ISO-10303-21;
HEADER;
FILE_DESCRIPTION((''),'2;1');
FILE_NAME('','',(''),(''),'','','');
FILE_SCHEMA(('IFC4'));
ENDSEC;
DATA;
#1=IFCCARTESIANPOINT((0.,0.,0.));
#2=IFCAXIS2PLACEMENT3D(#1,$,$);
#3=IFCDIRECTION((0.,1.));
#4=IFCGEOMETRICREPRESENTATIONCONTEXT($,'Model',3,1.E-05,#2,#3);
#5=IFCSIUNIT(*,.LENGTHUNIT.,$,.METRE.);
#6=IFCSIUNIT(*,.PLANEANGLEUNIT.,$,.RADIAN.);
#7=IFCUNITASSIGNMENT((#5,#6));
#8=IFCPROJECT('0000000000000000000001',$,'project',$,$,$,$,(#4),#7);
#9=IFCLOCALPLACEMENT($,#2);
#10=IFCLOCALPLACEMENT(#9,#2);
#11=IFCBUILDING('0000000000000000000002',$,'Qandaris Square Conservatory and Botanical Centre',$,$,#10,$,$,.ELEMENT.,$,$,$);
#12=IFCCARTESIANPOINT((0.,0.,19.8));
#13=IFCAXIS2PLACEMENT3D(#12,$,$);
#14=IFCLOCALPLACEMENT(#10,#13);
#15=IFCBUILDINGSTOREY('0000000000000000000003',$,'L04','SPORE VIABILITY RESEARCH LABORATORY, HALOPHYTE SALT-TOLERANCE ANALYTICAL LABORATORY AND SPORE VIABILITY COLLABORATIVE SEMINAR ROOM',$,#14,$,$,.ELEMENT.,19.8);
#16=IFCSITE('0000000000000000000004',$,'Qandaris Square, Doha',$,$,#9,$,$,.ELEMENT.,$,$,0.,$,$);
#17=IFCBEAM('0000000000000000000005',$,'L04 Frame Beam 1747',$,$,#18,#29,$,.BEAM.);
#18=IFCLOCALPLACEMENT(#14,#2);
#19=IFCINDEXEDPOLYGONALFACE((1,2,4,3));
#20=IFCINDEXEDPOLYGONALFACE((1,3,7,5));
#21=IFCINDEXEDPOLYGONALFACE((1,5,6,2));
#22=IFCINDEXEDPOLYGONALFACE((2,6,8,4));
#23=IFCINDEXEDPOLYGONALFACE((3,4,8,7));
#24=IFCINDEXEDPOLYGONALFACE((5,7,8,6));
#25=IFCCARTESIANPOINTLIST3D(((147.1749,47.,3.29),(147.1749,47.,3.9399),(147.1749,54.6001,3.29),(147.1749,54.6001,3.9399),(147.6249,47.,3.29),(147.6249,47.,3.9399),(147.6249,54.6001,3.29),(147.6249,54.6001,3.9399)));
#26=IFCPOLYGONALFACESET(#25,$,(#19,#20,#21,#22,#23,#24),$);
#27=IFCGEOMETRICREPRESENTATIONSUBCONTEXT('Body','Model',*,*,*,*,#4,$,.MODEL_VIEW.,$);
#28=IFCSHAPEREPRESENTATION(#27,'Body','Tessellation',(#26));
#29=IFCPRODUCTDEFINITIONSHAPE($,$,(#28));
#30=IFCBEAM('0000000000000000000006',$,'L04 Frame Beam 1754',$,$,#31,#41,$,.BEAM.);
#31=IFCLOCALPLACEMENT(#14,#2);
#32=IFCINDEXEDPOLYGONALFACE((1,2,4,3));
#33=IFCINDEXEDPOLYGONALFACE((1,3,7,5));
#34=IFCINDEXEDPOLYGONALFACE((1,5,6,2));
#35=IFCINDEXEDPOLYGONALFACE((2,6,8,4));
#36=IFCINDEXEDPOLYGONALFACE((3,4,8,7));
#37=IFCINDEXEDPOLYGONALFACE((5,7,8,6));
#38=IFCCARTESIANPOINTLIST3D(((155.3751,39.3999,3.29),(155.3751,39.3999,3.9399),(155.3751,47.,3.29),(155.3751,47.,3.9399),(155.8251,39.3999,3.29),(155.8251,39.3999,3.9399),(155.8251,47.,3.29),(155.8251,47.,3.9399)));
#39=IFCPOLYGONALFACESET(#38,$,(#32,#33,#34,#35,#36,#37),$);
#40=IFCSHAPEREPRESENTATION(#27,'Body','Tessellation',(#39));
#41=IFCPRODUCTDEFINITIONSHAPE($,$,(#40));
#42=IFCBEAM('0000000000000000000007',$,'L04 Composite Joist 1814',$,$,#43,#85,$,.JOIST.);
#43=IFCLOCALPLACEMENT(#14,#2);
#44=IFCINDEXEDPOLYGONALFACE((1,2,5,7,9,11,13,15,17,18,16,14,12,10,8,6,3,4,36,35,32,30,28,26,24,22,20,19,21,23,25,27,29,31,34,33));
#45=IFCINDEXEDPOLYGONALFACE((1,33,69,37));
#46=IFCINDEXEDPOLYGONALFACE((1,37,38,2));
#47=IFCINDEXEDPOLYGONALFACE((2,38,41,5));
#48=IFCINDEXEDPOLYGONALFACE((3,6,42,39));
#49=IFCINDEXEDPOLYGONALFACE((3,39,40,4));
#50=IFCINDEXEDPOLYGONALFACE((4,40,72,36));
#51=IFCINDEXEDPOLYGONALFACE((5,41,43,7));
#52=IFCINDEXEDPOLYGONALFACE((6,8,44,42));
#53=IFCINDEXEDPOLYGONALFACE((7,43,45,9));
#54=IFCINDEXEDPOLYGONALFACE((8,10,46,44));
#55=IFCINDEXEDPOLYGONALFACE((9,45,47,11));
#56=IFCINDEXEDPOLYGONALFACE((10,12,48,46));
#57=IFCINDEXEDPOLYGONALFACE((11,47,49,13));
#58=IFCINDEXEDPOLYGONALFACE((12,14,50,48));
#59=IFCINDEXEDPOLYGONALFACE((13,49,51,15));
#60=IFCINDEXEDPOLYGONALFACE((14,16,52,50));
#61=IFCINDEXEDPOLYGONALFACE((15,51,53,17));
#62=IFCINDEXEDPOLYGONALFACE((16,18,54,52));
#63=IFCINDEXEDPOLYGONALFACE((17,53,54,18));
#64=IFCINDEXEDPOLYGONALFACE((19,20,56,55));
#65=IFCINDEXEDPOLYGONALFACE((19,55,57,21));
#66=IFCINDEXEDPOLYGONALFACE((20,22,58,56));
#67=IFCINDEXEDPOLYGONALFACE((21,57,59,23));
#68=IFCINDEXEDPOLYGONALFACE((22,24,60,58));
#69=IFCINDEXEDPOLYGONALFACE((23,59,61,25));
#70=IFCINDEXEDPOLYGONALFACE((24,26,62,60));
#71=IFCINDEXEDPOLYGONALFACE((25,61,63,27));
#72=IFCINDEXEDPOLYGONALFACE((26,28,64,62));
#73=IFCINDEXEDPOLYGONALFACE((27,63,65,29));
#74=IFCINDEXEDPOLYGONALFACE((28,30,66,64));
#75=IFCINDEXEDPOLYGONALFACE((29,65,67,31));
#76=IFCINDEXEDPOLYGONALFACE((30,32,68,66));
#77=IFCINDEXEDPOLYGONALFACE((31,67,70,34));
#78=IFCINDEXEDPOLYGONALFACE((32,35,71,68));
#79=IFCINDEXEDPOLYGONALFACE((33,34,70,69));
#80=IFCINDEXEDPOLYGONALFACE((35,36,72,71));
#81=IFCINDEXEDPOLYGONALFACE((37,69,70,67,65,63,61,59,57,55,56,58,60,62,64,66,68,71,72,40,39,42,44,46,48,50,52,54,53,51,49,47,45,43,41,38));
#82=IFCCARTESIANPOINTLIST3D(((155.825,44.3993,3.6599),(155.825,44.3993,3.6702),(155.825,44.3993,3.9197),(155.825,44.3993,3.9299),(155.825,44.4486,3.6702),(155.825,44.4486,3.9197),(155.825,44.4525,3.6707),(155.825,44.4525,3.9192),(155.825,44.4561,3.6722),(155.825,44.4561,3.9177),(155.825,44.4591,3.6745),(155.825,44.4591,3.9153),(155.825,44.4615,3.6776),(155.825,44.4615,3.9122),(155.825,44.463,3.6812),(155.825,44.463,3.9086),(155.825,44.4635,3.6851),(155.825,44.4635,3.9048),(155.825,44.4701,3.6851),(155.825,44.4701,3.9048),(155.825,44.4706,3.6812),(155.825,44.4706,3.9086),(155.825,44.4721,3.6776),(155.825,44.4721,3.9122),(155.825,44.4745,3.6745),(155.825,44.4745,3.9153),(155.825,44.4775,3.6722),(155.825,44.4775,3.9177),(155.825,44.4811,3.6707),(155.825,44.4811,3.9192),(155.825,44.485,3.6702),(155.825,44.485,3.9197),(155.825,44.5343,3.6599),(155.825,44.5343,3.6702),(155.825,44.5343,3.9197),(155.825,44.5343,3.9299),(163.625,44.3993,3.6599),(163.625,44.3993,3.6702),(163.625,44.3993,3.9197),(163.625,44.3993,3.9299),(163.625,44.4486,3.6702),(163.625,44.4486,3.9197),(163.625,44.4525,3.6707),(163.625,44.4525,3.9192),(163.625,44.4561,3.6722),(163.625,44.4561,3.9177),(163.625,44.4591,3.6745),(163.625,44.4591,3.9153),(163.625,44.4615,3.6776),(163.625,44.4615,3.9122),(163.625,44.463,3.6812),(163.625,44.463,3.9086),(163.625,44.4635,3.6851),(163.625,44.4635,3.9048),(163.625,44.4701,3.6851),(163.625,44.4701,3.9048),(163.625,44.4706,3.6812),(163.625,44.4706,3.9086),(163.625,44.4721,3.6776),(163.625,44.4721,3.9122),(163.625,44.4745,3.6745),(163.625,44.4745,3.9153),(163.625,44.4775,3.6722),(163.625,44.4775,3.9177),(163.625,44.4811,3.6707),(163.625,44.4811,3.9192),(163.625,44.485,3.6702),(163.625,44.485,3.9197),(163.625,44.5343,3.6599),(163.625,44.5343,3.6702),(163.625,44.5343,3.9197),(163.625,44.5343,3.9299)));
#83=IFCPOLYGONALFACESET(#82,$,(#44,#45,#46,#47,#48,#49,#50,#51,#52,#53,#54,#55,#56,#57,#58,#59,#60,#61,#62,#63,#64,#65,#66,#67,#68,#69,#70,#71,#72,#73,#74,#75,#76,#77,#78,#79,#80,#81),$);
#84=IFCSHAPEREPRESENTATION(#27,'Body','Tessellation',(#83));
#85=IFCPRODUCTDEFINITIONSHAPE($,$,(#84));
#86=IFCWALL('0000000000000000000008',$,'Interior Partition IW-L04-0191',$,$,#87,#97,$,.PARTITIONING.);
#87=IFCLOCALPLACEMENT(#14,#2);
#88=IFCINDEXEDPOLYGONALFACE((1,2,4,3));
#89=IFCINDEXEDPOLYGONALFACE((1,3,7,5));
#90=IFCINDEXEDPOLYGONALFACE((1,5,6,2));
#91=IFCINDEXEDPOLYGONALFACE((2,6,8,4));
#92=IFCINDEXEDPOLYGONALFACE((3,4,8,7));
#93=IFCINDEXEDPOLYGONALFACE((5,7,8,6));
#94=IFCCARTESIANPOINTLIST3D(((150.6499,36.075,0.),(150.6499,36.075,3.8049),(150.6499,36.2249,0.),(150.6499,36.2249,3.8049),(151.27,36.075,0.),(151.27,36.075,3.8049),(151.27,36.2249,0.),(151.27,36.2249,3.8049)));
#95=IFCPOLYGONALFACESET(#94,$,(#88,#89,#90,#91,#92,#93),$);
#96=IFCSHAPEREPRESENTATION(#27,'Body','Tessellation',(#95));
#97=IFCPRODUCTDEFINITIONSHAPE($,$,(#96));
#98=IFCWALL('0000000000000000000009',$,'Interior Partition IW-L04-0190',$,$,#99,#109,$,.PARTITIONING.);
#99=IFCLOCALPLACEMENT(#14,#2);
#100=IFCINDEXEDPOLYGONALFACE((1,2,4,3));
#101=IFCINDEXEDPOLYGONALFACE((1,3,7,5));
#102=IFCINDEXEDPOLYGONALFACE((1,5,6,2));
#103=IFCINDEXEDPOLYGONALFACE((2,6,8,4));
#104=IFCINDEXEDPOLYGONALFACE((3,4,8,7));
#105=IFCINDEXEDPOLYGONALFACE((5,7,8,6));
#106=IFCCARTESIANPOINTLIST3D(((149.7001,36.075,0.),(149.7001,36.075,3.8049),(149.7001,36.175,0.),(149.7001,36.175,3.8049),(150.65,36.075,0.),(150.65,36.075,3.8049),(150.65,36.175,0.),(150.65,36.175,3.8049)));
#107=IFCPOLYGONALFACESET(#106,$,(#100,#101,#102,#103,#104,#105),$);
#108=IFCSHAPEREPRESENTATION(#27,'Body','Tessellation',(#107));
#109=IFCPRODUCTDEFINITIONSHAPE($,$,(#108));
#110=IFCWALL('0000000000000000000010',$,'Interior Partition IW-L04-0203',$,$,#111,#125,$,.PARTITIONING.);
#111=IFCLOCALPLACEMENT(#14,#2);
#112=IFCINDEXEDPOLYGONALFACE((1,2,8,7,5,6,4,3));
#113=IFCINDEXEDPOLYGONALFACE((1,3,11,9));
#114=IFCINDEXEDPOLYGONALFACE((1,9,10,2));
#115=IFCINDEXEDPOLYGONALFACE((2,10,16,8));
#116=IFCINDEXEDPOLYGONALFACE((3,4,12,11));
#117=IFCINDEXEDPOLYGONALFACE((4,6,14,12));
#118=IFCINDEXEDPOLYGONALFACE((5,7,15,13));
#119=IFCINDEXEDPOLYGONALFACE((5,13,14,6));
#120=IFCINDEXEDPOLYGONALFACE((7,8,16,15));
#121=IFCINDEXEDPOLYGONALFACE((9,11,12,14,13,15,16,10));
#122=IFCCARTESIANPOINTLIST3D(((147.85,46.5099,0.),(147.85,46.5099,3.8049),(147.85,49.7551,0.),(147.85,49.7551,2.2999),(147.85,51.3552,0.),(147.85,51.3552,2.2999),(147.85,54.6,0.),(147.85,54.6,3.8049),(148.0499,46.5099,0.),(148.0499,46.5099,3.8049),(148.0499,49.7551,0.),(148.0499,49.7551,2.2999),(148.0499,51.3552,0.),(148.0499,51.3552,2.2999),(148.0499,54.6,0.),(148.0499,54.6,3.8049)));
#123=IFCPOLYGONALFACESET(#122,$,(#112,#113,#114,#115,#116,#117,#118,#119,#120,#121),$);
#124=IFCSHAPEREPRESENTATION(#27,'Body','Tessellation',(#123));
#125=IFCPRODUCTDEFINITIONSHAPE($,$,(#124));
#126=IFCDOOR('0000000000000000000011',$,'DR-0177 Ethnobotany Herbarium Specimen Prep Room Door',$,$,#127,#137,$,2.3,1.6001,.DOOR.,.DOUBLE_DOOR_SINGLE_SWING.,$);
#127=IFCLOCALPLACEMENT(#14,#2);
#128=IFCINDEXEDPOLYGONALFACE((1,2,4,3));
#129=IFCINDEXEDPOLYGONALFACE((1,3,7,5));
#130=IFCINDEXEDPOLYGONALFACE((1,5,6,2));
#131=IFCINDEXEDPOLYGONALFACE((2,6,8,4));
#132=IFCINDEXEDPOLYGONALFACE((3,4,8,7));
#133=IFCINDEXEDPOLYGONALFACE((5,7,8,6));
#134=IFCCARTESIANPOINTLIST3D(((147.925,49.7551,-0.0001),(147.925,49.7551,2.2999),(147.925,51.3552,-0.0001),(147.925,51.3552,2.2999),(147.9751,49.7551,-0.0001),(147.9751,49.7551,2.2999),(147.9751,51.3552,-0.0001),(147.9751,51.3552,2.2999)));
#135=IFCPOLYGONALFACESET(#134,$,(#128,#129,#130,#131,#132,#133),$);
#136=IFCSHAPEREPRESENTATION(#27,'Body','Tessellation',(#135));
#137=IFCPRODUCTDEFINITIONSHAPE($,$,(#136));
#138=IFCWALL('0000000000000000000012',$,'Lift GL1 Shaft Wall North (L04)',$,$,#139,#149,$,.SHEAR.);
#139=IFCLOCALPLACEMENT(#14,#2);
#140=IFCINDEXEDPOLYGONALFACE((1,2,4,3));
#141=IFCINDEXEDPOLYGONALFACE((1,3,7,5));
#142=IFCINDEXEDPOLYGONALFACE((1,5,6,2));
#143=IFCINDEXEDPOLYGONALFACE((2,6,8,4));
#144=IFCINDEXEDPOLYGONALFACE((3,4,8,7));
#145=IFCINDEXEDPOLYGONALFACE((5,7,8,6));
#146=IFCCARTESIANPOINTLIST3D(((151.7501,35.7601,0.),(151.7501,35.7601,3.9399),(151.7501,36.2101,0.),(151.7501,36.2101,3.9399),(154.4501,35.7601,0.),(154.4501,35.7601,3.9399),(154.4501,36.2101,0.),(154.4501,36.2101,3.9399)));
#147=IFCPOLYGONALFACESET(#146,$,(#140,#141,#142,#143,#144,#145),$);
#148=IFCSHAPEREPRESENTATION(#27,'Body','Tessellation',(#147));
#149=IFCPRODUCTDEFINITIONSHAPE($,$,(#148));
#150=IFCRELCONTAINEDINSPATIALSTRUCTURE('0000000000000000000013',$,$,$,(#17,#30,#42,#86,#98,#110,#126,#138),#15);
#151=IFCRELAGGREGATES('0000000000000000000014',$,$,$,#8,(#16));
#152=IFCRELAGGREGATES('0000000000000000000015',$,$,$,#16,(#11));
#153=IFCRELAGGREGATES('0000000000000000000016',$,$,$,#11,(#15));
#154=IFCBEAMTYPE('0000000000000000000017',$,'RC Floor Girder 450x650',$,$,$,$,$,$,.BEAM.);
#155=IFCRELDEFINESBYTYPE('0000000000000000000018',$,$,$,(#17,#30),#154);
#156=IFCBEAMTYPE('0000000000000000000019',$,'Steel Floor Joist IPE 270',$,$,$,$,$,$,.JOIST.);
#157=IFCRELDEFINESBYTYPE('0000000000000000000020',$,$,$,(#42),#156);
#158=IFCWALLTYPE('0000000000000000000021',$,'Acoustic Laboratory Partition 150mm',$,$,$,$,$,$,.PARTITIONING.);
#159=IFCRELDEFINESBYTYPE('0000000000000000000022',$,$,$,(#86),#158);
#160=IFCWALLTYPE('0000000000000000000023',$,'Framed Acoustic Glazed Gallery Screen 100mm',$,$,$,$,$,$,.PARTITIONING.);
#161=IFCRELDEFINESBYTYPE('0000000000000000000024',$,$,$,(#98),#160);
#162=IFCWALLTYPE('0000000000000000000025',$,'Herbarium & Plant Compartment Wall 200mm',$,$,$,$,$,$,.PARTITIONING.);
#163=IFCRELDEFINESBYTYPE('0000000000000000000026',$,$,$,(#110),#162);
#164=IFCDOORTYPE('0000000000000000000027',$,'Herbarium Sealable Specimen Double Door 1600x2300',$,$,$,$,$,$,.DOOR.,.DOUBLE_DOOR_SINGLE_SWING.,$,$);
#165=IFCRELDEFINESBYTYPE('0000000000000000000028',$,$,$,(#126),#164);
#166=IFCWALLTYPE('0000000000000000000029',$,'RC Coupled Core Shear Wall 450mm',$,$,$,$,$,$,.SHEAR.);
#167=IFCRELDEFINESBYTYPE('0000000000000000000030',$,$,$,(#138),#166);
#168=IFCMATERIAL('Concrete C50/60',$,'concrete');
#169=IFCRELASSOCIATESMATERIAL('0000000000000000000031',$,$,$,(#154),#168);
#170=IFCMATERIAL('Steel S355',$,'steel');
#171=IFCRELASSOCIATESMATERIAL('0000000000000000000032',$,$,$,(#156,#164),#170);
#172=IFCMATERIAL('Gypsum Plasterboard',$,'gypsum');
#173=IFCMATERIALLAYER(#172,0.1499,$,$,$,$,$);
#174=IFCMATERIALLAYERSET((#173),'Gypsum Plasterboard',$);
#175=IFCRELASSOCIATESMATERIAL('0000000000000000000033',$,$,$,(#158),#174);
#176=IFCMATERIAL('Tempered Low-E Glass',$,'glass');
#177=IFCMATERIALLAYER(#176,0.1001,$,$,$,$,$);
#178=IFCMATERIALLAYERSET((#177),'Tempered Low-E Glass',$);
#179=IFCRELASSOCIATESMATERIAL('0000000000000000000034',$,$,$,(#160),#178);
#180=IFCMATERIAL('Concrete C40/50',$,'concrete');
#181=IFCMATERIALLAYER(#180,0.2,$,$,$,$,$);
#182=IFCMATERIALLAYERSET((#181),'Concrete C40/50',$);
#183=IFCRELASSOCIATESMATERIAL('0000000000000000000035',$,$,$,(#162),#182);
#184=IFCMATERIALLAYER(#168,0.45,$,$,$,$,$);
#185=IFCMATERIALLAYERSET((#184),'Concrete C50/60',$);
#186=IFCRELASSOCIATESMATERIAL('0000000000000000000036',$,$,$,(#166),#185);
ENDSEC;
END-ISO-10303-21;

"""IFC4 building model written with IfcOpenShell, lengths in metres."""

from ifc_helpers import new_model, si_unit, direction, frame, frame_2d, origin, origin_2d, place, context, subcontext, project, spatial, rectangle, i_section, extrude, material, layer, layer_set, material_profile, profile_set, type_object, element, fill, save


model = new_model("IFC4")

# Units and contexts
model_context = context("Model", 3, precision=1e-05, world=origin(), true_north=direction((0.0, 1.0)))
body_context = subcontext(model_context, "Body", "Model", "MODEL_VIEW")
ifc_project = project(units=[si_unit("LENGTHUNIT", "METRE"), si_unit("PLANEANGLEUNIT", "RADIAN")], contexts=[model_context])

# Site, building, storey
site_placement = place(None, origin())
site = spatial("IfcSite", under=ifc_project, at=site_placement, Name="Qandaris Square, Doha", CompositionType="ELEMENT", RefElevation=0.0)
building_placement = place(site_placement, origin())
building = spatial("IfcBuilding", under=site, at=building_placement, Name="Qandaris Square Conservatory and Botanical Centre", CompositionType="ELEMENT")
storey_placement = place(building_placement, frame((0.0, 0.0, 19.8)))
storey = spatial("IfcBuildingStorey", under=building, at=storey_placement, Name="L04", Description="SPORE VIABILITY RESEARCH LABORATORY, HALOPHYTE SALT-TOLERANCE ANALYTICAL LABORATORY AND SPORE VIABILITY COLLABORATIVE SEMINAR ROOM", CompositionType="ELEMENT", Elevation=19.8)

# Shared definitions
ifc_material_1 = material(Name="Concrete C50/60", Category="concrete")

# Beams
ifc_material_2 = material(Name="Steel S355", Category="steel")
ifc_material_profile_1 = material_profile(ifc_material_1, rectangle(XDim=0.45, YDim=0.6499, at=origin_2d()), Name="RC-BM 450x650")
ifc_profile_set_1 = profile_set([ifc_material_profile_1], Name="Concrete C50/60")
beam_type_1 = type_object("IfcBeamType", Name="RC Floor Girder 450x650", PredefinedType="BEAM", material=ifc_profile_set_1)
for number, where, z_axis, x_axis, name in (
    (1, (147.3999, 47.0, 3.615), (0.0, 1.0, 0.0), (-1.0, 0.0, 0.0), "L04 Frame Beam 1747"),
    (2, (155.6001, 39.3999, 3.615), (0.0, 1.0, 0.0), (-1.0, 0.0, 0.0), "L04 Frame Beam 1754"),
):
    element("IfcBeam", number, at=place(storey_placement, frame(where, z_axis=z_axis, x_axis=x_axis)), inside=storey, type_object=beam_type_1, Name=name, PredefinedType="BEAM", context=body_context, shape_type="SweptSolid", body=[
        extrude(rectangle(XDim=0.45, YDim=0.6499, at=origin_2d()), origin(), (0.0, 0.0, 1.0), 7.6001),
    ])
ifc_material_profile_2 = material_profile(ifc_material_2, i_section(OverallWidth=0.135, OverallDepth=0.27, WebThickness=0.0066, FlangeThickness=0.0103, FilletRadius=0.0149, at=origin_2d()), Name="IPE 270")
ifc_profile_set_2 = profile_set([ifc_material_profile_2], Name="Steel S355")
beam_type_2 = type_object("IfcBeamType", Name="Steel Floor Joist IPE 270", PredefinedType="JOIST", material=ifc_profile_set_2)
beam_1_placement = place(storey_placement, frame((155.825, 44.4668, 3.7949), z_axis=(1.0, 0.0, 0.0), x_axis=(0.0, 1.0, 0.0)))
element("IfcBeam", 3, at=beam_1_placement, inside=storey, type_object=beam_type_2, Name="L04 Composite Joist 1814", PredefinedType="JOIST", context=body_context, shape_type="SweptSolid", body=[
    extrude(i_section(OverallWidth=0.135, OverallDepth=0.27, WebThickness=0.0066, FlangeThickness=0.0103, FilletRadius=0.0149, at=origin_2d()), origin(), (0.0, 0.0, 1.0), 7.8),
])

# Walls
ifc_material_3 = material(Name="Gypsum Plasterboard", Category="gypsum")
ifc_layer_1 = layer(ifc_material_3, 0.1499)
ifc_layer_set_1 = layer_set([ifc_layer_1], Name="Gypsum Plasterboard")
wall_type_1 = type_object("IfcWallType", Name="Acoustic Laboratory Partition 150mm", PredefinedType="PARTITIONING", material=ifc_layer_set_1)
wall_1_placement = place(storey_placement, frame((150.6499, 36.1499, 0.0), z_axis=(0.0, 0.0, 1.0), x_axis=(1.0, 0.0, 0.0)))
element("IfcWall", 4, at=wall_1_placement, inside=storey, type_object=wall_type_1, Name="Interior Partition IW-L04-0191", PredefinedType="PARTITIONING", context=body_context, shape_type="SweptSolid", body=[
    extrude(rectangle(XDim=0.6201, YDim=0.1499, at=frame_2d((0.3101, 0.0))), origin(), (0.0, 0.0, 1.0), 3.8049),
])
ifc_material_4 = material(Name="Tempered Low-E Glass", Category="glass")
ifc_layer_2 = layer(ifc_material_4, 0.1001)
ifc_layer_set_2 = layer_set([ifc_layer_2], Name="Tempered Low-E Glass")
wall_type_2 = type_object("IfcWallType", Name="Framed Acoustic Glazed Gallery Screen 100mm", PredefinedType="PARTITIONING", material=ifc_layer_set_2)
wall_2_placement = place(storey_placement, frame((149.7, 36.125, 0.0), z_axis=(0.0, 0.0, 1.0), x_axis=(1.0, 0.0, 0.0)))
element("IfcWall", 5, at=wall_2_placement, inside=storey, type_object=wall_type_2, Name="Interior Partition IW-L04-0190", PredefinedType="PARTITIONING", context=body_context, shape_type="SweptSolid", body=[
    extrude(rectangle(XDim=0.95, YDim=0.1001, at=frame_2d((0.4751, 0.0))), origin(), (0.0, 0.0, 1.0), 3.8049),
])

# Wall, opening, door
ifc_material_5 = material(Name="Concrete C40/50", Category="concrete")
ifc_layer_3 = layer(ifc_material_5, 0.2)
ifc_layer_set_3 = layer_set([ifc_layer_3], Name="Concrete C40/50")
wall_type_3 = type_object("IfcWallType", Name="Herbarium & Plant Compartment Wall 200mm", PredefinedType="PARTITIONING", material=ifc_layer_set_3)
wall_3_placement = place(storey_placement, frame((147.95, 46.51, 0.0), z_axis=(0.0, 0.0, 1.0), x_axis=(0.0, 1.0, 0.0)))
wall_3 = element("IfcWall", 6, at=wall_3_placement, inside=storey, type_object=wall_type_3, Name="Interior Partition IW-L04-0203", PredefinedType="PARTITIONING", context=body_context, shape_type="SweptSolid", body=[
    extrude(rectangle(XDim=8.0901, YDim=0.2, at=frame_2d((4.0449, 0.0))), origin(), (0.0, 0.0, 1.0), 3.8049),
])
opening_1_placement = place(wall_3_placement, frame((3.2451, 0.0, 0.0)))
opening_1 = element("IfcOpeningElement", 7, at=opening_1_placement, cuts=wall_3, PredefinedType="OPENING", context=body_context, shape_type="SweptSolid", body=[
    extrude(rectangle(XDim=1.6001, YDim=2.3, at=frame_2d((0.8, 1.1499))), frame((0.0, 0.1118, 0.0), z_axis=(0.0, -1.0, 0.0), x_axis=(1.0, 0.0, 0.0)), (0.0, 0.0, 1.0), 0.2239),
])
door_type_1 = type_object("IfcDoorType", Name="Herbarium Sealable Specimen Double Door 1600x2300", OperationType="DOUBLE_DOOR_SINGLE_SWING", PredefinedType="DOOR", material=ifc_material_2)
door_1_placement = place(opening_1_placement, origin())
door_1 = element("IfcDoor", 8, at=door_1_placement, inside=storey, type_object=door_type_1, Name="DR-0177 Ethnobotany Herbarium Specimen Prep Room Door", OperationType="DOUBLE_DOOR_SINGLE_SWING", OverallHeight=2.3, OverallWidth=1.6001, PredefinedType="DOOR", context=body_context, shape_type="SweptSolid", body=[
    extrude(rectangle(XDim=1.6001, YDim=2.3, at=frame_2d((0.8, 1.1499))), frame((0.0, 0.0249, 0.0), z_axis=(0.0, -1.0, 0.0), x_axis=(1.0, 0.0, 0.0)), (0.0, 0.0, 1.0), 0.05),
])
fill(opening_1, door_1)

# Wall
ifc_layer_4 = layer(ifc_material_1, 0.45)
ifc_layer_set_4 = layer_set([ifc_layer_4], Name="Concrete C50/60")
wall_type_4 = type_object("IfcWallType", Name="RC Coupled Core Shear Wall 450mm", PredefinedType="SHEAR", material=ifc_layer_set_4)
wall_4_placement = place(storey_placement, frame((151.75, 35.9851, 0.0), z_axis=(0.0, 0.0, 1.0), x_axis=(1.0, 0.0, 0.0)))
element("IfcWall", 9, at=wall_4_placement, inside=storey, type_object=wall_type_4, Name="Lift GL1 Shaft Wall North (L04)", PredefinedType="SHEAR", context=body_context, shape_type="SweptSolid", body=[
    extrude(rectangle(XDim=2.7, YDim=0.45, at=frame_2d((1.3501, 0.0))), origin(), (0.0, 0.0, 1.0), 3.9399),
])

save(model, "model.ifc")
